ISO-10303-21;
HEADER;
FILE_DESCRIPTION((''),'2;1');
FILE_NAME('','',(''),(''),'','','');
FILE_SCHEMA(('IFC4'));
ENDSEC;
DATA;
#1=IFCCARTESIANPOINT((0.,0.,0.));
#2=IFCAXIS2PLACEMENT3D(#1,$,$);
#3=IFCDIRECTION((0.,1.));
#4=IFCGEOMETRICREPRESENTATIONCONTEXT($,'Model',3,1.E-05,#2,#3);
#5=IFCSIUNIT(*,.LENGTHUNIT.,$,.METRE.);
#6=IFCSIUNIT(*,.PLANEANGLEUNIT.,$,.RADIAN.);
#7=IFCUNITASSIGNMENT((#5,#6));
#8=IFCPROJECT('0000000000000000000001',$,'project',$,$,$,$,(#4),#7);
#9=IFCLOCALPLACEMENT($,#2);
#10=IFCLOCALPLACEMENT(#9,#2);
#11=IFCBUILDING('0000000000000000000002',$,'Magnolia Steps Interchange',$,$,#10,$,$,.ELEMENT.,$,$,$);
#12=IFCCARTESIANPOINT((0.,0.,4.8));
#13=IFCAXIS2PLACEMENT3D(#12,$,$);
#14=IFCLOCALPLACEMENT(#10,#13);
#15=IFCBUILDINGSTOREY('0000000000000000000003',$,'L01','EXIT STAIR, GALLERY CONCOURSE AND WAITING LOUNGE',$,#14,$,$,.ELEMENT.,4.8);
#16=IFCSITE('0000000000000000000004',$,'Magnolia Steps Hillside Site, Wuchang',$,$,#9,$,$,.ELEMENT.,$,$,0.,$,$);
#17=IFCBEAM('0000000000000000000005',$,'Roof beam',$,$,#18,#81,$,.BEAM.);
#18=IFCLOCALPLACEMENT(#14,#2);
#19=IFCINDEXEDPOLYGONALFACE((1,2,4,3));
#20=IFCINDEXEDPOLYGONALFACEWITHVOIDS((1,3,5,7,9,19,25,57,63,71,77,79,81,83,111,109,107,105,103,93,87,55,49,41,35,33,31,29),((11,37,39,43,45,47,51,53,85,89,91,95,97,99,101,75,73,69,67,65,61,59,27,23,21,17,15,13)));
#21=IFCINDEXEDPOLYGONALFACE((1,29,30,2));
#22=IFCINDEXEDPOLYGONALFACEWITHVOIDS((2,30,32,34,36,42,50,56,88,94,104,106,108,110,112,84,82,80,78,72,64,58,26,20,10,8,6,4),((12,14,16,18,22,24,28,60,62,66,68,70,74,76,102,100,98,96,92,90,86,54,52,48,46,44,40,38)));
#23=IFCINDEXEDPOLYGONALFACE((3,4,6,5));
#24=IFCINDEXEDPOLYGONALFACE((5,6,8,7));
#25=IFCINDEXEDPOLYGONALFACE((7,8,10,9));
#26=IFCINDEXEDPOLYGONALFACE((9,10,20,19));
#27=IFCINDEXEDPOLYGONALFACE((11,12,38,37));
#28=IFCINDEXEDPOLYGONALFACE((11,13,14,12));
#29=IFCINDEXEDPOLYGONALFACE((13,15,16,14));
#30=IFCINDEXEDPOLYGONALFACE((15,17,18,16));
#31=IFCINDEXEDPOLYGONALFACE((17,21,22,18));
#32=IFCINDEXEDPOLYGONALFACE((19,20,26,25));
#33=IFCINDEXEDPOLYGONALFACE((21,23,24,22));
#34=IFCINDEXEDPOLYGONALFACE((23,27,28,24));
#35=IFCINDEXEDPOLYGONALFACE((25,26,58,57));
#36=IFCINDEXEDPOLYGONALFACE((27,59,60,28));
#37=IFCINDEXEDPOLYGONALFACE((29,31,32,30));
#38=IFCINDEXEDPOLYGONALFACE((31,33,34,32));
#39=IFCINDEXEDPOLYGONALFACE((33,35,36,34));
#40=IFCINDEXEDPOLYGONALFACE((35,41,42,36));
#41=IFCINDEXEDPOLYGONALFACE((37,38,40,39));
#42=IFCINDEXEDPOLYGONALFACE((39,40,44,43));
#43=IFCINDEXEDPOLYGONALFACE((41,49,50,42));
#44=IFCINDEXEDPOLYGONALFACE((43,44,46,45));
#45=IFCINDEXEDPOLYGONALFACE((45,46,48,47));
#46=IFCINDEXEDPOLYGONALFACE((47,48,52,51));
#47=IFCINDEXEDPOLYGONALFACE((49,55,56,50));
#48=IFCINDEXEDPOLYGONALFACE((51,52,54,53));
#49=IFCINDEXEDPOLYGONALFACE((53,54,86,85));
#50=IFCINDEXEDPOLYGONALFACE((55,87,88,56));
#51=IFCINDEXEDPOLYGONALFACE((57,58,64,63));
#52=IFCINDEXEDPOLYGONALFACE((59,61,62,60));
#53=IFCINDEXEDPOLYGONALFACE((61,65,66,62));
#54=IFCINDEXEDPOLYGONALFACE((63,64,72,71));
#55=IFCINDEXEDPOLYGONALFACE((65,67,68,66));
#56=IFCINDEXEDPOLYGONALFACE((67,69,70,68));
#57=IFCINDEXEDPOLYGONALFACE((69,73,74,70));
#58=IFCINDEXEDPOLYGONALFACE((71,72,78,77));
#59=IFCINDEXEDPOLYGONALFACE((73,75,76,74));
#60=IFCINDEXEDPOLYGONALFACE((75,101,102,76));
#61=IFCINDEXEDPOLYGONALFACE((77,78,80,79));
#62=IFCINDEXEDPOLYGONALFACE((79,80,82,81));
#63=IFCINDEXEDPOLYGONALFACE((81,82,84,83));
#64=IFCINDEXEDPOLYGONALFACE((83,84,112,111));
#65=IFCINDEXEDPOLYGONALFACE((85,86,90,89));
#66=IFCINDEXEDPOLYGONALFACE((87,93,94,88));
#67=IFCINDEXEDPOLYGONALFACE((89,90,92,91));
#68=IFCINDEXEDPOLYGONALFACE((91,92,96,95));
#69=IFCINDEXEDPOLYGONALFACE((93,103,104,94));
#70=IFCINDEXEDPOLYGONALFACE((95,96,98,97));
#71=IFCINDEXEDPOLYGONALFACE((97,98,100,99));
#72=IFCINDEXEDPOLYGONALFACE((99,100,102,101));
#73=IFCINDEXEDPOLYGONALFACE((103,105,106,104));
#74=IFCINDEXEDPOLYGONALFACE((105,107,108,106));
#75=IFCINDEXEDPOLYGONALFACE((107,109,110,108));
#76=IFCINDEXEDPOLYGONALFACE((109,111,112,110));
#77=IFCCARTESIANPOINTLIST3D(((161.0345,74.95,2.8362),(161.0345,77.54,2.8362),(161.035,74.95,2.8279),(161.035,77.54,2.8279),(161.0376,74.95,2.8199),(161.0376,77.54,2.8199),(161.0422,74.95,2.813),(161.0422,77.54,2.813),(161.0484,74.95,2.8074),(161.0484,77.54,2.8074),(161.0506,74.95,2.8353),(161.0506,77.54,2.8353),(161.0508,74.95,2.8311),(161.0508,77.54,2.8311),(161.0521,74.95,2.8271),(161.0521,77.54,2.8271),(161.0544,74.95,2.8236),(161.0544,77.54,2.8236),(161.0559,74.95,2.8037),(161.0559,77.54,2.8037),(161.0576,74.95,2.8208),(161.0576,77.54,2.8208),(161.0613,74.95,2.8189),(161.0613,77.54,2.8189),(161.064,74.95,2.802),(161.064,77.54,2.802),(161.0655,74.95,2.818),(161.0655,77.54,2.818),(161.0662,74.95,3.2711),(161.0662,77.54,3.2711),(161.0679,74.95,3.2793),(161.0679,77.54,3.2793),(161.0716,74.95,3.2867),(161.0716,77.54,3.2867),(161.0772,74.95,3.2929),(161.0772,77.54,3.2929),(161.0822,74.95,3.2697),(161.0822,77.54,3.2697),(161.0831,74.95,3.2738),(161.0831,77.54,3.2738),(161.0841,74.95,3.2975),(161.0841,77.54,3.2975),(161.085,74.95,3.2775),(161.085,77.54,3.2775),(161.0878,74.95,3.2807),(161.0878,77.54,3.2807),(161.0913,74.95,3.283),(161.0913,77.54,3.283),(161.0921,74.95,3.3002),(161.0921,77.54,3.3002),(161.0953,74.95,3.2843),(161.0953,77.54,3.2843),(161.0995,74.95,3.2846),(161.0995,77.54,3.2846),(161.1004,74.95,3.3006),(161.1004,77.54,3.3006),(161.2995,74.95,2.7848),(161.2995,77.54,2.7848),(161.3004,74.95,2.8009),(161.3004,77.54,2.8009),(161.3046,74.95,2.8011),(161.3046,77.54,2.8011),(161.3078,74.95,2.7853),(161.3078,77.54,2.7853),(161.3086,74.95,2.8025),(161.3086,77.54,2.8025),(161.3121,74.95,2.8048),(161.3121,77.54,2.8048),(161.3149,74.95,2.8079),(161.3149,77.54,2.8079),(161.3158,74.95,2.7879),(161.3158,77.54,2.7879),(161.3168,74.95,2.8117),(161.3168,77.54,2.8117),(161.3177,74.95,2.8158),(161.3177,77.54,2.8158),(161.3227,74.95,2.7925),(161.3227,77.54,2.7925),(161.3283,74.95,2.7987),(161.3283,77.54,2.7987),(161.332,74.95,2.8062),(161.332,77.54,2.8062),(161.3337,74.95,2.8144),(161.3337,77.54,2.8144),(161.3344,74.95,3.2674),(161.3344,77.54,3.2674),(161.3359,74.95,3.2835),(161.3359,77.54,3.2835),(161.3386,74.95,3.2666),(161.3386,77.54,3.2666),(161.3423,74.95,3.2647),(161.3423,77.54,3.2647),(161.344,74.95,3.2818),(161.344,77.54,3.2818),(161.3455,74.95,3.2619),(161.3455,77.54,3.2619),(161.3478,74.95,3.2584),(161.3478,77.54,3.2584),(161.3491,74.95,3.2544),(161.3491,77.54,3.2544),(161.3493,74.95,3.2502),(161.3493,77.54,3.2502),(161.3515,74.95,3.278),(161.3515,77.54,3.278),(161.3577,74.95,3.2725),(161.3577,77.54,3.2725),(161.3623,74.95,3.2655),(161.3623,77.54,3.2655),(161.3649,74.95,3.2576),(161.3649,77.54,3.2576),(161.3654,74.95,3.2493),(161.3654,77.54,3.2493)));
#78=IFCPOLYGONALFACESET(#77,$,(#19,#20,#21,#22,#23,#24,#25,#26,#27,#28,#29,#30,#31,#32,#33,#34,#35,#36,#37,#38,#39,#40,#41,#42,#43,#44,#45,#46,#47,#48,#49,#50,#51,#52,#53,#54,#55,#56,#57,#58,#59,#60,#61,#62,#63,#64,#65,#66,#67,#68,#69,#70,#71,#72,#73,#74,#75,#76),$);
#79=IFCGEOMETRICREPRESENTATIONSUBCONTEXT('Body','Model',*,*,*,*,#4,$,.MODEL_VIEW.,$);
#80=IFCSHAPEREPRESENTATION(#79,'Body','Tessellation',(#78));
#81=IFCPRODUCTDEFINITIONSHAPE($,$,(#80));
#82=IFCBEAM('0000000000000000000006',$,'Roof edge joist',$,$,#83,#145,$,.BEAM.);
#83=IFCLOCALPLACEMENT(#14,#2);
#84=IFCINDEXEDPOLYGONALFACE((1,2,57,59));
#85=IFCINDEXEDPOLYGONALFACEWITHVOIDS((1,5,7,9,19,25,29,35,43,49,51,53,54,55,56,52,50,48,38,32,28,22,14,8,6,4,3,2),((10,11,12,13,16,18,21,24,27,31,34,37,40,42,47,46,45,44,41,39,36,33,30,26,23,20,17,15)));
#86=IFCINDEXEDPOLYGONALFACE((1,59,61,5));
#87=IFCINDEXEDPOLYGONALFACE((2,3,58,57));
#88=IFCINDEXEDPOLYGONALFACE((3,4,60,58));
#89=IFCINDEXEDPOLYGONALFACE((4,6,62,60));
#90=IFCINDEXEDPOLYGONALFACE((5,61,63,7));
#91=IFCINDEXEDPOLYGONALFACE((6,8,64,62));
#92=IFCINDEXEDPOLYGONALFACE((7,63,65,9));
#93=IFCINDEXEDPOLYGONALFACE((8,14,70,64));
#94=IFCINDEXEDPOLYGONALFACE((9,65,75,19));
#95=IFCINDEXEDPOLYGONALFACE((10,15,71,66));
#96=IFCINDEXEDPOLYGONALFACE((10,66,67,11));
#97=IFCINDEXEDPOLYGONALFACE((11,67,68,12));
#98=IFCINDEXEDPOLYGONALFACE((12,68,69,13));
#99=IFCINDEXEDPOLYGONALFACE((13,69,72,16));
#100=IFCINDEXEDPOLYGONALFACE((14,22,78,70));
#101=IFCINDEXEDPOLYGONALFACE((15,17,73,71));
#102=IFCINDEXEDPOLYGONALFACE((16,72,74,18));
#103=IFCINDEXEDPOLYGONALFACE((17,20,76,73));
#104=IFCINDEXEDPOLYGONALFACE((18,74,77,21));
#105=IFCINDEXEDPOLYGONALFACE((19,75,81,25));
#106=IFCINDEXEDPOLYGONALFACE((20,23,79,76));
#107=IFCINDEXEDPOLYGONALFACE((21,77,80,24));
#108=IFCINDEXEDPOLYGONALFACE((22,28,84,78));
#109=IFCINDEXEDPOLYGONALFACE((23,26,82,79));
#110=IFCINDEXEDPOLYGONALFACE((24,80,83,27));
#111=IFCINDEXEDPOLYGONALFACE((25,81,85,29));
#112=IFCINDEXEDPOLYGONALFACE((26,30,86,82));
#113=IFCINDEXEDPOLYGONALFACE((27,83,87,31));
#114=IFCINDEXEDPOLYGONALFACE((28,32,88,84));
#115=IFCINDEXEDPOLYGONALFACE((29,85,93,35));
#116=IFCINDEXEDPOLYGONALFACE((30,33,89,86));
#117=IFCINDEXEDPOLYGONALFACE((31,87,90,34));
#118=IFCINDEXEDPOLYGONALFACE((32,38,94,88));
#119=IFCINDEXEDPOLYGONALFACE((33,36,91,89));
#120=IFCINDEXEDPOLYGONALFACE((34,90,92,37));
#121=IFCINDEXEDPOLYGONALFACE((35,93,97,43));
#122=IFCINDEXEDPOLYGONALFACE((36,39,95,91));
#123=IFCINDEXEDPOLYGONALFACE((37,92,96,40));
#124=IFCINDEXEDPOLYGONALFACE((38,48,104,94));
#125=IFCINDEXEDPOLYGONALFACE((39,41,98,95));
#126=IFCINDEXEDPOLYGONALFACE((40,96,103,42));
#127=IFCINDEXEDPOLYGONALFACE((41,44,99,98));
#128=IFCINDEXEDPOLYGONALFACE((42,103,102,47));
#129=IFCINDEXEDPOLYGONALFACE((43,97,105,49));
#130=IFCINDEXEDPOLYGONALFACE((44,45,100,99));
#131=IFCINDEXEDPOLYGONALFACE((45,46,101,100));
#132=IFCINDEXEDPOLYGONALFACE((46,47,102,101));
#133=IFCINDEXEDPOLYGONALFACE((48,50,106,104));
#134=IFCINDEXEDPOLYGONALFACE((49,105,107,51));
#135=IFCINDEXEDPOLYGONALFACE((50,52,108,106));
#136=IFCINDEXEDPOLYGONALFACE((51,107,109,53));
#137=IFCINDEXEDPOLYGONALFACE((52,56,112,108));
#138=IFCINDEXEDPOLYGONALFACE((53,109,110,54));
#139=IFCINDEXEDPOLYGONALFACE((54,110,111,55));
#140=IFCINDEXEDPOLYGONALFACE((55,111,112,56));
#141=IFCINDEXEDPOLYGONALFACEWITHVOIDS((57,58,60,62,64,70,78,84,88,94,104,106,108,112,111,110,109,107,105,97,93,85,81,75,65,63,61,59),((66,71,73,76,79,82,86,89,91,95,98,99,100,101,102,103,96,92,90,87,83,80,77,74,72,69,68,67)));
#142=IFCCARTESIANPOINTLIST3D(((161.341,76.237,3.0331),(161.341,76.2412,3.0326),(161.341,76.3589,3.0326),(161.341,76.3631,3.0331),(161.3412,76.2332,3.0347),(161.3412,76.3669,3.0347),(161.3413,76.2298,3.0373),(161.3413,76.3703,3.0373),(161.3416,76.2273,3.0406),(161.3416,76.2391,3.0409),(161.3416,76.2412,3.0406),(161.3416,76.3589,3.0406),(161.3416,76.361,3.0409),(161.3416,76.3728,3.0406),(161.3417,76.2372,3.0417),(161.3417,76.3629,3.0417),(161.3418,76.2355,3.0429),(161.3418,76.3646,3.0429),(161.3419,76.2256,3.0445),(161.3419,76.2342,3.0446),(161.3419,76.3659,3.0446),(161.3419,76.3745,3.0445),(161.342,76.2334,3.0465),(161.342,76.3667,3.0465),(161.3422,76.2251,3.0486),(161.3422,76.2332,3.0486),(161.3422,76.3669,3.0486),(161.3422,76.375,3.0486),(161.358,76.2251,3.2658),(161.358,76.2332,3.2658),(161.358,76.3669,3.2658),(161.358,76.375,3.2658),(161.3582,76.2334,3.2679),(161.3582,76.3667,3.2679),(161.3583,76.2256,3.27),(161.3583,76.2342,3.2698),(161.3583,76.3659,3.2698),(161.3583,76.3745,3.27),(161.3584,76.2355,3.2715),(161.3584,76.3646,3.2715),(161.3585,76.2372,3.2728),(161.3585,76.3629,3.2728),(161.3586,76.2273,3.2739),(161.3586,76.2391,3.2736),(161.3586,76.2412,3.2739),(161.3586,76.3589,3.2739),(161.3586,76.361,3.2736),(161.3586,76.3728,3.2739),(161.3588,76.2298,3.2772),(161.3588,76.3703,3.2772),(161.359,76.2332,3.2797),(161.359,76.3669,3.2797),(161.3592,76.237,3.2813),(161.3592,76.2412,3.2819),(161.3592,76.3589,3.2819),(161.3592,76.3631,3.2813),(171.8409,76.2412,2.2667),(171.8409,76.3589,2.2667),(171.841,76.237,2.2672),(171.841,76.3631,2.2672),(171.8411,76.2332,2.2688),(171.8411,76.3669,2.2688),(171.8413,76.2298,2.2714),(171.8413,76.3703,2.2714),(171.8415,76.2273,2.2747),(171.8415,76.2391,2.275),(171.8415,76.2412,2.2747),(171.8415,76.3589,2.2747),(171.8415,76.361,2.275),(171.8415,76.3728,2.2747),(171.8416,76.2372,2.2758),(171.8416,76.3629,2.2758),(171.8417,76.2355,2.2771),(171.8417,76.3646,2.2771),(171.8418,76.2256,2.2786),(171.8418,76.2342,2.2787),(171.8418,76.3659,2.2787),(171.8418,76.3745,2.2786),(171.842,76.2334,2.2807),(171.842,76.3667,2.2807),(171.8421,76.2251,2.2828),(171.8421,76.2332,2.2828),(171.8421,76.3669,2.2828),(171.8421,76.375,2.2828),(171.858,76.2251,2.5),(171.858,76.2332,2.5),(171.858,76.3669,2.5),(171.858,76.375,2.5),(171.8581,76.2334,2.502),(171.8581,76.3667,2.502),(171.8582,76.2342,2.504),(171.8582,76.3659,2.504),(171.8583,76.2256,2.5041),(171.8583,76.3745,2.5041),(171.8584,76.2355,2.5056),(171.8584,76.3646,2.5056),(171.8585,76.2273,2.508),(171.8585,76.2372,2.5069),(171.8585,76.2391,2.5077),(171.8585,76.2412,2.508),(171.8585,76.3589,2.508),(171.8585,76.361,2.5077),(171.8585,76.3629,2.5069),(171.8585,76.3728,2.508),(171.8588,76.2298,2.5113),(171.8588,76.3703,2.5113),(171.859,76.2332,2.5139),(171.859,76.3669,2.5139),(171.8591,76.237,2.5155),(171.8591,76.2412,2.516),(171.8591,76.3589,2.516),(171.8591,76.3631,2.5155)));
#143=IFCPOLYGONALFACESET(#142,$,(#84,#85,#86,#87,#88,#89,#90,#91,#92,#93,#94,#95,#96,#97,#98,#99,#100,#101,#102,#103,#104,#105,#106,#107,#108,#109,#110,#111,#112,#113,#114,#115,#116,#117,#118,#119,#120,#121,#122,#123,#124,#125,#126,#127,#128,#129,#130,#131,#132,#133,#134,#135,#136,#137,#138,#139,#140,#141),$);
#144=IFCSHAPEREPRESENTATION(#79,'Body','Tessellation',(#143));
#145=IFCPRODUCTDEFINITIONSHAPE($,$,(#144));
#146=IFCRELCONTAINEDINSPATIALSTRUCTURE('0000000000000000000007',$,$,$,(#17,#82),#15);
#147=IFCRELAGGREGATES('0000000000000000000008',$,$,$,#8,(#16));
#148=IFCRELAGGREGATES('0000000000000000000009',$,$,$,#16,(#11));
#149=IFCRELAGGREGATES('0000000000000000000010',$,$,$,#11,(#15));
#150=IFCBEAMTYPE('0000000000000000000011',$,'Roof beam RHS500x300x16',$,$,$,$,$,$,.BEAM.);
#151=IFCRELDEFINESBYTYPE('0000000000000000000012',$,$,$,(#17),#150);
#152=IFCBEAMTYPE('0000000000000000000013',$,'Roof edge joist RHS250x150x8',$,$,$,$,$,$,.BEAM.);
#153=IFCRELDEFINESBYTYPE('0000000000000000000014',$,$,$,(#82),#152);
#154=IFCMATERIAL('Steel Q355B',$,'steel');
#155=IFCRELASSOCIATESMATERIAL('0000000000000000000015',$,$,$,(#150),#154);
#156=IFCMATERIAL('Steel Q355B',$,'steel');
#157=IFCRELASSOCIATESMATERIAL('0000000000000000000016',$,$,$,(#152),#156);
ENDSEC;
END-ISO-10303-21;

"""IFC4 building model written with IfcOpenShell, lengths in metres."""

from ifc_helpers import new_model, si_unit, direction, frame, origin, origin_2d, place, context, subcontext, project, spatial, hollow_rectangle, extrude, material, material_profile, profile_set, type_object, element, save


model = new_model("IFC4")

# Units and contexts
model_context = context("Model", 3, precision=1e-05, world=origin(), true_north=direction((0.0, 1.0)))
body_context = subcontext(model_context, "Body", "Model", "MODEL_VIEW")
ifc_project = project(units=[si_unit("LENGTHUNIT", "METRE"), si_unit("PLANEANGLEUNIT", "RADIAN")], contexts=[model_context])

# Site, building, storey
site_placement = place(None, origin())
site = spatial("IfcSite", under=ifc_project, at=site_placement, Name="Magnolia Steps Hillside Site, Wuchang", CompositionType="ELEMENT", RefElevation=0.0)
building_placement = place(site_placement, origin())
building = spatial("IfcBuilding", under=site, at=building_placement, Name="Magnolia Steps Interchange", CompositionType="ELEMENT")
storey_placement = place(building_placement, frame((0.0, 0.0, 4.8)))
storey = spatial("IfcBuildingStorey", under=building, at=storey_placement, Name="L01", Description="EXIT STAIR, GALLERY CONCOURSE AND WAITING LOUNGE", CompositionType="ELEMENT", Elevation=4.8)

# Beams
ifc_material_1 = material(Name="Steel Q355B", Category="steel")
ifc_material_profile_1 = material_profile(ifc_material_1, hollow_rectangle(XDim=0.3, YDim=0.5, WallThickness=0.0161, InnerFilletRadius=0.0161, OuterFilletRadius=0.032, at=origin_2d()), Name="RHS500x300x16")
ifc_profile_set_1 = profile_set([ifc_material_profile_1], Name="Steel Q355B")
beam_type_1 = type_object("IfcBeamType", Name="Roof beam RHS500x300x16", PredefinedType="BEAM", material=ifc_profile_set_1)
beam_1_placement = place(storey_placement, frame((161.2, 74.95, 3.0427), z_axis=(0.0, 1.0, 0.0), x_axis=(-0.997352, 0.0, 0.072724)))
element("IfcBeam", 1, at=beam_1_placement, inside=storey, type_object=beam_type_1, Name="Roof beam", PredefinedType="BEAM", context=body_context, shape_type="SweptSolid", body=[
    extrude(hollow_rectangle(XDim=0.3, YDim=0.5, WallThickness=0.0161, InnerFilletRadius=0.0161, OuterFilletRadius=0.032, at=origin_2d()), origin(), (0.0, 0.0, 1.0), 2.5901),
])
ifc_material_2 = material(Name="Steel Q355B", Category="steel")
ifc_material_profile_2 = material_profile(ifc_material_2, hollow_rectangle(XDim=0.1499, YDim=0.25, WallThickness=0.0081, InnerFilletRadius=0.0081, OuterFilletRadius=0.0161, at=origin_2d()), Name="RHS250x150x8")
ifc_profile_set_2 = profile_set([ifc_material_profile_2], Name="Steel Q355B")
beam_type_2 = type_object("IfcBeamType", Name="Roof edge joist RHS250x150x8", PredefinedType="BEAM", material=ifc_profile_set_2)
beam_2_placement = place(storey_placement, frame((161.3501, 76.3, 3.1572), z_axis=(0.99735, 0.0, -0.072747), x_axis=(0.0, 1.0, 0.0)))
element("IfcBeam", 2, at=beam_2_placement, inside=storey, type_object=beam_type_2, Name="Roof edge joist", PredefinedType="BEAM", context=body_context, shape_type="SweptSolid", body=[
    extrude(hollow_rectangle(XDim=0.1499, YDim=0.25, WallThickness=0.0081, InnerFilletRadius=0.0081, OuterFilletRadius=0.0161, at=origin_2d()), origin(), (0.0, 0.0, 1.0), 10.5278),
])

save(model, "model.ifc")
